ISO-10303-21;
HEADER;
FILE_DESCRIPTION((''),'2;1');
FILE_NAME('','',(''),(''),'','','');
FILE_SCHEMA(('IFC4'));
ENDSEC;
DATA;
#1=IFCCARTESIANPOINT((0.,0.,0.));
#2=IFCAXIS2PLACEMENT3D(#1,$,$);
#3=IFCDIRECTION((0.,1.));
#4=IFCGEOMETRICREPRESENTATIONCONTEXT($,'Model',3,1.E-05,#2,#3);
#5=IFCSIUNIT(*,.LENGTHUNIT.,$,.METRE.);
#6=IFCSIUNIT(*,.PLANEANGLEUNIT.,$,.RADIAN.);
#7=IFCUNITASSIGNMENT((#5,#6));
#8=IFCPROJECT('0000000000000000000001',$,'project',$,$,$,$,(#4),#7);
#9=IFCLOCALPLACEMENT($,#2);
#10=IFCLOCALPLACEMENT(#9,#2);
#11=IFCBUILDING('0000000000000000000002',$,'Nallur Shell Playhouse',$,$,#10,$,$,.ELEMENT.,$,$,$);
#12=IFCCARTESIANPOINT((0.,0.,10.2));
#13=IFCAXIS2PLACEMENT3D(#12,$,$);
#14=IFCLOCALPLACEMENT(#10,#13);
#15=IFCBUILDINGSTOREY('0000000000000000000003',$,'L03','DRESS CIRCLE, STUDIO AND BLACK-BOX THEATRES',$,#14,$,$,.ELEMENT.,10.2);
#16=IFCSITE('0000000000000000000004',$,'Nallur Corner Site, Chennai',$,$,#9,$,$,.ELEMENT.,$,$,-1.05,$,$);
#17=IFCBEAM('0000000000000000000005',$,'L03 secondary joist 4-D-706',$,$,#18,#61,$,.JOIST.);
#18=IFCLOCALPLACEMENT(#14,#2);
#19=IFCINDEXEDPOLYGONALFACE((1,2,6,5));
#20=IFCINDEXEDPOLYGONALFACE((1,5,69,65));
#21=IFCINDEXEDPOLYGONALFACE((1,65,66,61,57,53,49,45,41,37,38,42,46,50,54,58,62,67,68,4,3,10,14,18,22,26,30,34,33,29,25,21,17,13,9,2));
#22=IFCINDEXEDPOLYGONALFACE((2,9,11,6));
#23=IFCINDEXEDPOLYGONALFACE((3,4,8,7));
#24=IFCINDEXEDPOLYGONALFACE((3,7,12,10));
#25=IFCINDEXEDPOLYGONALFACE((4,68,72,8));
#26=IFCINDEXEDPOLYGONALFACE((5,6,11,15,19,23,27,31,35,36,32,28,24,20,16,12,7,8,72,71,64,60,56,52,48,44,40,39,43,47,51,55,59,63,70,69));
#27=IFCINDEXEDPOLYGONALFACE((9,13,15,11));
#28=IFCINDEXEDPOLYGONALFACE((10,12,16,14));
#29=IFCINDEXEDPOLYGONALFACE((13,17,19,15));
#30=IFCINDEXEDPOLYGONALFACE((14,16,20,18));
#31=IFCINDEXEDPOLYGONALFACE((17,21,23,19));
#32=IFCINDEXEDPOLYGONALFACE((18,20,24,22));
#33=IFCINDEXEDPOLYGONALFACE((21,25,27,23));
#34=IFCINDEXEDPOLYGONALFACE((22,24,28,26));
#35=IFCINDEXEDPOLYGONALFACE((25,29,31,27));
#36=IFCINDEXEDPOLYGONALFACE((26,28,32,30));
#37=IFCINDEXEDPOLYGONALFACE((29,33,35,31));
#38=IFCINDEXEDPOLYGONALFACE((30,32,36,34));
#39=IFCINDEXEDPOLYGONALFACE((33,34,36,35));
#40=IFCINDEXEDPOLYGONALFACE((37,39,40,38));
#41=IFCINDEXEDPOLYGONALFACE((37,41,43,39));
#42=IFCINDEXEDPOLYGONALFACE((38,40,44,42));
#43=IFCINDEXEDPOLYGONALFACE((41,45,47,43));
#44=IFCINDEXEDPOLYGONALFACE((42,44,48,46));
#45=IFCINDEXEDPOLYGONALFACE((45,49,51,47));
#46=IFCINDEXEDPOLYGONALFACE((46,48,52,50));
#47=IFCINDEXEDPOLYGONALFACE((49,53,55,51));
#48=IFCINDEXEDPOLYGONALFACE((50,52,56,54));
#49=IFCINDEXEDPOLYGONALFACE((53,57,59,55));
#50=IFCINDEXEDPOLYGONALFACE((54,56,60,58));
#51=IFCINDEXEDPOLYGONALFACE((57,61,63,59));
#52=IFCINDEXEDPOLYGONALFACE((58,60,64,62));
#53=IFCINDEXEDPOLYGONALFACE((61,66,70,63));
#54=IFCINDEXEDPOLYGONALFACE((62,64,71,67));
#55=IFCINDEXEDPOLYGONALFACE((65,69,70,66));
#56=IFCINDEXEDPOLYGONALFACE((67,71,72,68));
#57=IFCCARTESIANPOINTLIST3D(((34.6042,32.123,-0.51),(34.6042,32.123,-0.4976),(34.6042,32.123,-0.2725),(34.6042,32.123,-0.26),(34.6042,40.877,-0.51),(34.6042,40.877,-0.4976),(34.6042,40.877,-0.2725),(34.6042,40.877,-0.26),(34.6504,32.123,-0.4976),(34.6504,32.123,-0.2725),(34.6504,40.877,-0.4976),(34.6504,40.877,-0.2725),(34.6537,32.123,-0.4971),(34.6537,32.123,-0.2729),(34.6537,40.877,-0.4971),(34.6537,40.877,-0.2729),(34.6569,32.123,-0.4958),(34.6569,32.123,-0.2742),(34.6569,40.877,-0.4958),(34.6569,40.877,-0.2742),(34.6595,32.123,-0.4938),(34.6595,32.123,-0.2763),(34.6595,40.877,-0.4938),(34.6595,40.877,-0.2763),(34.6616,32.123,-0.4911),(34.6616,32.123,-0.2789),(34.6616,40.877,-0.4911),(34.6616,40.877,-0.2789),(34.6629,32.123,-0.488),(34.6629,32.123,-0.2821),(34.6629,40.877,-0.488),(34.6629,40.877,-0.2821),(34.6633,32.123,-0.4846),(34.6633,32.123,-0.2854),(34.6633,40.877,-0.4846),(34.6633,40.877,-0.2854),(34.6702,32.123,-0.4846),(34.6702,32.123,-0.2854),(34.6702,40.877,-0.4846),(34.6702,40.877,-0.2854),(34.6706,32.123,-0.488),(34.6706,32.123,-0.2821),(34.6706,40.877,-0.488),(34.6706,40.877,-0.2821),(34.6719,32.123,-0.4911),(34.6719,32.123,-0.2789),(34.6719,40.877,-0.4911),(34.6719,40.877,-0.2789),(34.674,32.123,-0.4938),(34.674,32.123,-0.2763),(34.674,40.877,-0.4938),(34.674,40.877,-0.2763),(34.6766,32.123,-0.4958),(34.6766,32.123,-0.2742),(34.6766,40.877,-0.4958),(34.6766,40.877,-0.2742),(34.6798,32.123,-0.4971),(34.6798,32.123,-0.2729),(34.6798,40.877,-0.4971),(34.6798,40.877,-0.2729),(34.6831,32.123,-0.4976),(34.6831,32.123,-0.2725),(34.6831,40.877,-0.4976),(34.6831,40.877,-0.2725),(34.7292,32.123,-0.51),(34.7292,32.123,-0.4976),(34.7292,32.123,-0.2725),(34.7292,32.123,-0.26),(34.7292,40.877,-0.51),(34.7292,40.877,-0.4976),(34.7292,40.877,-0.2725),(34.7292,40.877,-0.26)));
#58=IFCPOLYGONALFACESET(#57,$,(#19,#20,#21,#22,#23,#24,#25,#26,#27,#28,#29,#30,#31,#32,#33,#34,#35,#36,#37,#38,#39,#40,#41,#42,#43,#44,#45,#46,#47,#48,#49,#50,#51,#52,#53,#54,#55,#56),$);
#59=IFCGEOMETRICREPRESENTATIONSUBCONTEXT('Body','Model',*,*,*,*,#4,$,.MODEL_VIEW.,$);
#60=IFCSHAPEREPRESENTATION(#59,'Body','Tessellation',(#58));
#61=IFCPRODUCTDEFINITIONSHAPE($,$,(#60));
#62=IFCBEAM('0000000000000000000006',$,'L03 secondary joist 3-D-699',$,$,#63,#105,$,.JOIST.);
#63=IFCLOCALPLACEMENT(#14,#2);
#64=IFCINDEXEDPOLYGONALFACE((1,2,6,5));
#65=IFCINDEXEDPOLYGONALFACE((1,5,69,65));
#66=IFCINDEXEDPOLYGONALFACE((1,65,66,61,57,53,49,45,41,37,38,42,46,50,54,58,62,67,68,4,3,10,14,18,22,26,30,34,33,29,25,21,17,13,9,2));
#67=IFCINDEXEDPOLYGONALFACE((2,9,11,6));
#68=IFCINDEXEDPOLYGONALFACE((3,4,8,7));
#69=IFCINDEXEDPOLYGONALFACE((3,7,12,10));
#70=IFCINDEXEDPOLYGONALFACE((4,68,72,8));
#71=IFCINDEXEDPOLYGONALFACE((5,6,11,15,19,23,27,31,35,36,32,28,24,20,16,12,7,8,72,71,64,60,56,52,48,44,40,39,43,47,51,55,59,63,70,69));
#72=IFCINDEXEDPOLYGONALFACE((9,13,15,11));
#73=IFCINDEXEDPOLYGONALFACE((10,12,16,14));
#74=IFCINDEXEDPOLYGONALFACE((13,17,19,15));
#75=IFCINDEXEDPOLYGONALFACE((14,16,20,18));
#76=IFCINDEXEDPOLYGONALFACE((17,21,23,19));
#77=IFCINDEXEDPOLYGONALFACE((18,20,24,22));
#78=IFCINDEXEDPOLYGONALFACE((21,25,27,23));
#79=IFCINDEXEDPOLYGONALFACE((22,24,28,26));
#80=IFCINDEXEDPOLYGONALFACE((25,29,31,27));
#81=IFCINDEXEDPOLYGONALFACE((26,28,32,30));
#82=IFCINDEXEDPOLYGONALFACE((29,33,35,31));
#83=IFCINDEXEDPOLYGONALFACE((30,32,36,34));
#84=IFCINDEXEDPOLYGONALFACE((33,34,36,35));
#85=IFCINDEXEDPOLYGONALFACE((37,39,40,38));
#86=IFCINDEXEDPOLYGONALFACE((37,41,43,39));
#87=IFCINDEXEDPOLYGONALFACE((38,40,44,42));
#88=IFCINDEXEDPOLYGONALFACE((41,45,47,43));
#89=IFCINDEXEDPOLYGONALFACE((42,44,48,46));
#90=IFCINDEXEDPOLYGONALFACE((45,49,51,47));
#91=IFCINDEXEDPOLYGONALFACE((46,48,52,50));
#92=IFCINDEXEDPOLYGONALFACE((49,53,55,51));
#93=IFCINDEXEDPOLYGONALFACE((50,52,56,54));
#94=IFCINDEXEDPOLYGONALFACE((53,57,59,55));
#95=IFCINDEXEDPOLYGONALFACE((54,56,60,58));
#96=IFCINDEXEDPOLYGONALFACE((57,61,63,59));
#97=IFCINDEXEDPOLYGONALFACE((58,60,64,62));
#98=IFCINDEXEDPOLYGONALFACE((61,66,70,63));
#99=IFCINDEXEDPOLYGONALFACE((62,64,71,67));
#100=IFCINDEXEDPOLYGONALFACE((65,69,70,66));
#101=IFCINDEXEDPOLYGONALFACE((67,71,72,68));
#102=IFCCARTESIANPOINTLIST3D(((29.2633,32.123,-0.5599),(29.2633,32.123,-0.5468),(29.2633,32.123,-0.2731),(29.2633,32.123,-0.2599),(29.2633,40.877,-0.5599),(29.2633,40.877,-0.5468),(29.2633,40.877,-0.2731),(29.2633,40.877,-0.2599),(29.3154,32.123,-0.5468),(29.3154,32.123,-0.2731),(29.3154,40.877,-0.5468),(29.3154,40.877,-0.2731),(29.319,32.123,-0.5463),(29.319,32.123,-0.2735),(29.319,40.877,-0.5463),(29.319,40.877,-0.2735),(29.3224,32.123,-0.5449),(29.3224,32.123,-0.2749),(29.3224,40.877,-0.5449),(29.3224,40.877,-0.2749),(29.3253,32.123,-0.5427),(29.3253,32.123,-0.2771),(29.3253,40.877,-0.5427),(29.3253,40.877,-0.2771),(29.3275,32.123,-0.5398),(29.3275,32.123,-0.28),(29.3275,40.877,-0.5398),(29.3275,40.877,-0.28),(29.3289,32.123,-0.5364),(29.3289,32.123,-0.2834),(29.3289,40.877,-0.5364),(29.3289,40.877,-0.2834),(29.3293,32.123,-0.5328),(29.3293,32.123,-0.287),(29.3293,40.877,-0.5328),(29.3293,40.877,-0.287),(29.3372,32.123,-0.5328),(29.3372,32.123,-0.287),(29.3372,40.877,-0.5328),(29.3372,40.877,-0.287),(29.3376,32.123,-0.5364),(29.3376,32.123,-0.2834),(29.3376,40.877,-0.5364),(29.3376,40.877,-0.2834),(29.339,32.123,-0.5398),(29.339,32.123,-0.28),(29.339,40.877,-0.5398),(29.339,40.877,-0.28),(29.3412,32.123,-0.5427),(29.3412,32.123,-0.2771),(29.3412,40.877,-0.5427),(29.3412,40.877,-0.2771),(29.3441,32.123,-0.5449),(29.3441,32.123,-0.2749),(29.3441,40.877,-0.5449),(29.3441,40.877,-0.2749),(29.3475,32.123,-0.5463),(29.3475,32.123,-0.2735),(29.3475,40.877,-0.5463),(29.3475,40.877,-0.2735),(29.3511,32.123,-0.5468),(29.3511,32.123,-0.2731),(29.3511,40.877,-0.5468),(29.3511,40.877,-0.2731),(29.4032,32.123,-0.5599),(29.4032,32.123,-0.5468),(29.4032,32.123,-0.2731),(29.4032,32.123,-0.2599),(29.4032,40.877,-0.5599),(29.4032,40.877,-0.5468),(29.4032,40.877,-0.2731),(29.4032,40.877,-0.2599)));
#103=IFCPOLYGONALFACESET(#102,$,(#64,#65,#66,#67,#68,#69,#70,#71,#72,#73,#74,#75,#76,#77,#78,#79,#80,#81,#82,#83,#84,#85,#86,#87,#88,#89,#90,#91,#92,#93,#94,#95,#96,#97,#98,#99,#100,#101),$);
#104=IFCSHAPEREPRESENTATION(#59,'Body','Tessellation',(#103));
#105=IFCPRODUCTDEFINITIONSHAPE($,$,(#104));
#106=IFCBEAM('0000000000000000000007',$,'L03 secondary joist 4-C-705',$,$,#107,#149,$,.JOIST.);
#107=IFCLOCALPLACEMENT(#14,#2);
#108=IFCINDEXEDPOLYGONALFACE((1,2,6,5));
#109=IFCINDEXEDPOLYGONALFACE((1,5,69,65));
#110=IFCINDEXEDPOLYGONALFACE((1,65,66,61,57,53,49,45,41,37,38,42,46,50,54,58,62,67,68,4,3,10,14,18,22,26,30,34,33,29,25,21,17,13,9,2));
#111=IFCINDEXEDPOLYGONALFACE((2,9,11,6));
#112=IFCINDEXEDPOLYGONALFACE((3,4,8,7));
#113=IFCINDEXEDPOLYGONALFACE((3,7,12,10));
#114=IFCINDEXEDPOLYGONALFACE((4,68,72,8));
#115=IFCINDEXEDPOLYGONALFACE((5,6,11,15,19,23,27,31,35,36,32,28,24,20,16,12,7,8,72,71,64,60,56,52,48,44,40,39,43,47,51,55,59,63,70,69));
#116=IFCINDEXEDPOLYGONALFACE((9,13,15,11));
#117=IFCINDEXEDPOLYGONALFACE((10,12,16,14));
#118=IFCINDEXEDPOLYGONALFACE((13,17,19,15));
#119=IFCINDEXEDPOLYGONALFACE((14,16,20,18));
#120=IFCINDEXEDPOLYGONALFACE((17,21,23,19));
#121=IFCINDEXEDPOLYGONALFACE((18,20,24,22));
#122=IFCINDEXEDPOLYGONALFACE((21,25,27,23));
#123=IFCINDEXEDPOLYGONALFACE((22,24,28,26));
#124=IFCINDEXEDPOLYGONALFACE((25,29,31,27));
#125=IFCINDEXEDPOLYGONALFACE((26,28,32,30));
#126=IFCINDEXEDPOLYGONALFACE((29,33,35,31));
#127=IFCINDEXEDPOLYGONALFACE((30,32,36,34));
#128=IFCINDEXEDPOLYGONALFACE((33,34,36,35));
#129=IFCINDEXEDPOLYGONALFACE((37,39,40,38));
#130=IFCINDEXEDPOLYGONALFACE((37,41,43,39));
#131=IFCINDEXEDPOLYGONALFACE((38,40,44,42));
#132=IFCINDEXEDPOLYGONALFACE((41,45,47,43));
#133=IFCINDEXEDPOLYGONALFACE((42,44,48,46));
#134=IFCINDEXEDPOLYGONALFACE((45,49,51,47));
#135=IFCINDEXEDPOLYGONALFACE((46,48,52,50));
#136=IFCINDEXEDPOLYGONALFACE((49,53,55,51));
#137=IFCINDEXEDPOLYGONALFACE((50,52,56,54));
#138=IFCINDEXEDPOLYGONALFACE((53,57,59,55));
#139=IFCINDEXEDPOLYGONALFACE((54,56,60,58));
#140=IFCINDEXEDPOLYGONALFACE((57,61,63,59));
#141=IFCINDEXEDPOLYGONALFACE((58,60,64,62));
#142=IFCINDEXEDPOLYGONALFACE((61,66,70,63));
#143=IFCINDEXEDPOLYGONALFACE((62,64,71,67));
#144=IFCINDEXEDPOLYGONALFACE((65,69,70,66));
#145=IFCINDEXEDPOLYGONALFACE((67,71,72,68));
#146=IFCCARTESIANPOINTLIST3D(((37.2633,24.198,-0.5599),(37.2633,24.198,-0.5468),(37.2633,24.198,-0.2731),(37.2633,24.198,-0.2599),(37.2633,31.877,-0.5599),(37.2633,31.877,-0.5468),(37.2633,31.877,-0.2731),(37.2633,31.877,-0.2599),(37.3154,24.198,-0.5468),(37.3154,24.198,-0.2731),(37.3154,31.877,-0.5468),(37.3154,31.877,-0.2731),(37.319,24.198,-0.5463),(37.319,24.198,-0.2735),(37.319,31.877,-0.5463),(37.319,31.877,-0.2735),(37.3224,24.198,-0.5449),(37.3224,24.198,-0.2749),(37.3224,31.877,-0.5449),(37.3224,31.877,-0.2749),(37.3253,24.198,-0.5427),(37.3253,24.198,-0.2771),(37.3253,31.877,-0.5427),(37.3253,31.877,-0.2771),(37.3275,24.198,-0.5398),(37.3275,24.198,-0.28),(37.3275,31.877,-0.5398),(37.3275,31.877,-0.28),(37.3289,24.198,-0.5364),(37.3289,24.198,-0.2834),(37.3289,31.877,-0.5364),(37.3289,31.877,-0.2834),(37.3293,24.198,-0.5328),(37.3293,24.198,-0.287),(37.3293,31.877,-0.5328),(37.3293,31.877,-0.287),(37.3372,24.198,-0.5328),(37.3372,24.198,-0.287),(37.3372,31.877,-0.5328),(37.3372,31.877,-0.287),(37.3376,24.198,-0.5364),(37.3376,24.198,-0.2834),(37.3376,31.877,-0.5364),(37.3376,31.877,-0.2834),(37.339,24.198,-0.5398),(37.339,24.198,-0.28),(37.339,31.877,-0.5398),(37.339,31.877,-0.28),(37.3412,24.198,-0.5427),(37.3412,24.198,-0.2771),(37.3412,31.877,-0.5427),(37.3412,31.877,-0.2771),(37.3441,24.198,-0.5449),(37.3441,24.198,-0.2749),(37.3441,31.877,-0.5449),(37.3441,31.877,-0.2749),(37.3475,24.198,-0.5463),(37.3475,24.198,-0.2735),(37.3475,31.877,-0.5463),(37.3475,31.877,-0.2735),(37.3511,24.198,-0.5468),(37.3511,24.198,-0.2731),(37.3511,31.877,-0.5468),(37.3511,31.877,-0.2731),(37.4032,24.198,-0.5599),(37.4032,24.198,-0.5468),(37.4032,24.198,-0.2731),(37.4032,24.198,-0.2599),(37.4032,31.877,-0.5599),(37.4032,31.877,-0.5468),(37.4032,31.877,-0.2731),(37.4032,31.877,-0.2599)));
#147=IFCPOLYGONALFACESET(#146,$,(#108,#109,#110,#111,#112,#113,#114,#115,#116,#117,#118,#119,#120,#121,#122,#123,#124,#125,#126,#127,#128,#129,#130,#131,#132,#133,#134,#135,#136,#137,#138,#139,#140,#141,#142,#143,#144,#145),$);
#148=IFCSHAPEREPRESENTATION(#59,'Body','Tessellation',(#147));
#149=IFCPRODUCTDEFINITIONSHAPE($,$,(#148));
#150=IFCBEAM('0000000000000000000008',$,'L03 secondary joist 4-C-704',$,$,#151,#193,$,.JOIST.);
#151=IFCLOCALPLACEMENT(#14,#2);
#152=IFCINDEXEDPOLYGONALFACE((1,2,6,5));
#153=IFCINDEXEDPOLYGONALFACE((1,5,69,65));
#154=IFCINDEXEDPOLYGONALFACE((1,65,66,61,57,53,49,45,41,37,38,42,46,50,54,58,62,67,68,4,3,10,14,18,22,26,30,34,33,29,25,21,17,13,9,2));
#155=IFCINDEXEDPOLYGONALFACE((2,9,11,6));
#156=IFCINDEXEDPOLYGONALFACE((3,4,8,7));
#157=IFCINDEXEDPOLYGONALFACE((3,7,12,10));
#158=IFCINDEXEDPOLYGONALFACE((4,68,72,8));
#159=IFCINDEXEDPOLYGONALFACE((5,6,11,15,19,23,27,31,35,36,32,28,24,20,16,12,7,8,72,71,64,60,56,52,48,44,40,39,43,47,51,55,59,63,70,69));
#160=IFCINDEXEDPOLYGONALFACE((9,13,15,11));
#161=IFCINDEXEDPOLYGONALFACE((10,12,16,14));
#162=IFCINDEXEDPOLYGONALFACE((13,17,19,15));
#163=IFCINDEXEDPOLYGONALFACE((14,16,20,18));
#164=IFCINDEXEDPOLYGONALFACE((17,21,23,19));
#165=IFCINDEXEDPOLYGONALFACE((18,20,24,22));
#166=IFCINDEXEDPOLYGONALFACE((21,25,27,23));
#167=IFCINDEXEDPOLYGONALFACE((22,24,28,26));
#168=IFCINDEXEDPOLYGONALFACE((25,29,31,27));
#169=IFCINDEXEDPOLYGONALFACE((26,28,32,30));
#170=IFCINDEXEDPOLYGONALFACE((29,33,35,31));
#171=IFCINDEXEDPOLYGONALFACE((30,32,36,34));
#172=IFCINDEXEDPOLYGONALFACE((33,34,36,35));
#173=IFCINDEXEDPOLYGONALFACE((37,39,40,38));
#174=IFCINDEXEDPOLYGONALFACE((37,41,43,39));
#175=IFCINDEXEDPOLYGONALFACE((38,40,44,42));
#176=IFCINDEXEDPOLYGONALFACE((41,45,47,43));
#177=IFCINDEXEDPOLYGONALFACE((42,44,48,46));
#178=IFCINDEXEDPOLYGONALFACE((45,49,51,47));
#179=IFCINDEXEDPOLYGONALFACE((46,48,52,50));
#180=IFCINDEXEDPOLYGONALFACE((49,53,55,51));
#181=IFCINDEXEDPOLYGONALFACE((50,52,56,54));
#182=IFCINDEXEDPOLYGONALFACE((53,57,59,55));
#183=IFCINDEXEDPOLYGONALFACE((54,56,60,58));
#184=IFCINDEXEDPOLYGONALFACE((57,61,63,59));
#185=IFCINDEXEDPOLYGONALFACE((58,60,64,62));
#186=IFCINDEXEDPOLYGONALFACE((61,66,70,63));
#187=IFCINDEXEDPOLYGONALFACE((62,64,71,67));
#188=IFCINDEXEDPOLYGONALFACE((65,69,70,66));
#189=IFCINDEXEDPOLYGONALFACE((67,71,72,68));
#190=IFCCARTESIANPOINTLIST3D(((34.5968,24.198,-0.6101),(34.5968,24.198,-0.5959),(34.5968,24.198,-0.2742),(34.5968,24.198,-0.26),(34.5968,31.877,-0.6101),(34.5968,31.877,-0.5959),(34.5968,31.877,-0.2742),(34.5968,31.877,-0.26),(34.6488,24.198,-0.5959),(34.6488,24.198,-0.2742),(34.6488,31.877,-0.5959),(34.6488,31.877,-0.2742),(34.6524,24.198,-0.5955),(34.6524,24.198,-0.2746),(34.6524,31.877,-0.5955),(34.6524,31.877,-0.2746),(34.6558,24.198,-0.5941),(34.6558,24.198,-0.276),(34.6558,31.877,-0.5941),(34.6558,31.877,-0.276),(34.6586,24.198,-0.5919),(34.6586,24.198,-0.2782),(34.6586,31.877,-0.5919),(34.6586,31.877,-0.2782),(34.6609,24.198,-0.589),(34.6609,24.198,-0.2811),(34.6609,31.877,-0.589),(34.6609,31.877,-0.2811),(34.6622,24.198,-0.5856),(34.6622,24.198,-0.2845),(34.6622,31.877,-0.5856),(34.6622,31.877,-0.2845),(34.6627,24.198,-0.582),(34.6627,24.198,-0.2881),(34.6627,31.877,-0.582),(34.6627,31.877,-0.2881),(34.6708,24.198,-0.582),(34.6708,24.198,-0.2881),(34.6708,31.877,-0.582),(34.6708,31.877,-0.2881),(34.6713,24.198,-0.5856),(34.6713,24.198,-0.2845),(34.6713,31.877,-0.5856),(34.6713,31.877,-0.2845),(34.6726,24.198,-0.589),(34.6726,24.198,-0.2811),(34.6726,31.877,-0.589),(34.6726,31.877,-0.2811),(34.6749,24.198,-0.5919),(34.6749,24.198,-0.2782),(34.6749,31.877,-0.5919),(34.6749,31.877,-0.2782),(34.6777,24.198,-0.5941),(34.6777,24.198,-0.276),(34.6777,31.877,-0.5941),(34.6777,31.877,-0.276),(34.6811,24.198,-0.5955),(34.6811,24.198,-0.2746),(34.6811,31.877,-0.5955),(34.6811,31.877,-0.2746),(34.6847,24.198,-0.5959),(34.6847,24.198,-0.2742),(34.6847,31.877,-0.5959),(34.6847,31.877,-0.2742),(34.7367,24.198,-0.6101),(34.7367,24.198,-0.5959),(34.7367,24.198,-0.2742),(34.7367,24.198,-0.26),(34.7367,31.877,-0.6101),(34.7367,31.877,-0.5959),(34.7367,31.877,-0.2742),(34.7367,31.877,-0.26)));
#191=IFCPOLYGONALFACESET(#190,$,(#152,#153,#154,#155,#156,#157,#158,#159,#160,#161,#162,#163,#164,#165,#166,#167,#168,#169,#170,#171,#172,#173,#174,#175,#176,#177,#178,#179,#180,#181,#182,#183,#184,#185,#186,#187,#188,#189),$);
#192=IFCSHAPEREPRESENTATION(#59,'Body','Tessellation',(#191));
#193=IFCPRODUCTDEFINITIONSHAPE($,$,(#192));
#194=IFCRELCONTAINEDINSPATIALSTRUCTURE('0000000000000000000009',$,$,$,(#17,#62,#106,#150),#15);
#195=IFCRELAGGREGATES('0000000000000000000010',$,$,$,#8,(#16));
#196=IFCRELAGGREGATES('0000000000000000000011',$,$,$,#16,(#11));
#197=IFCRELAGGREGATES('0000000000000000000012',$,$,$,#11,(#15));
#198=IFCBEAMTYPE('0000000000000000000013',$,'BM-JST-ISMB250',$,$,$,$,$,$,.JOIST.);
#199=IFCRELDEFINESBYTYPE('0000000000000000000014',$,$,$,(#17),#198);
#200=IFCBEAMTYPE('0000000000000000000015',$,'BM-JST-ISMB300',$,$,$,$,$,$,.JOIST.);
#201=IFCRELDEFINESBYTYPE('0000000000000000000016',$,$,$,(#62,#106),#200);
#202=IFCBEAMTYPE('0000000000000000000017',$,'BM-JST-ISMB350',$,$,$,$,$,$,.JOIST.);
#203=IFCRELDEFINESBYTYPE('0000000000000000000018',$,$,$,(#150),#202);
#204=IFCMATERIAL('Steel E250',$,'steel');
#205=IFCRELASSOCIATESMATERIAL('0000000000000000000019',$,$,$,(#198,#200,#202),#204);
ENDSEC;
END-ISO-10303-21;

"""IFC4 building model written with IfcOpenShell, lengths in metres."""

from ifc_helpers import new_model, si_unit, direction, frame, origin, origin_2d, place, context, subcontext, project, spatial, i_section, extrude, material, material_profile, profile_set, type_object, element, save


model = new_model("IFC4")

# Units and contexts
model_context = context("Model", 3, precision=1e-05, world=origin(), true_north=direction((0.0, 1.0)))
body_context = subcontext(model_context, "Body", "Model", "MODEL_VIEW")
ifc_project = project(units=[si_unit("LENGTHUNIT", "METRE"), si_unit("PLANEANGLEUNIT", "RADIAN")], contexts=[model_context])

# Site, building, storey
site_placement = place(None, origin())
site = spatial("IfcSite", under=ifc_project, at=site_placement, Name="Nallur Corner Site, Chennai", CompositionType="ELEMENT", RefElevation=-1.05)
building_placement = place(site_placement, origin())
building = spatial("IfcBuilding", under=site, at=building_placement, Name="Nallur Shell Playhouse", CompositionType="ELEMENT")
storey_placement = place(building_placement, frame((0.0, 0.0, 10.2)))
storey = spatial("IfcBuildingStorey", under=building, at=storey_placement, Name="L03", Description="DRESS CIRCLE, STUDIO AND BLACK-BOX THEATRES", CompositionType="ELEMENT", Elevation=10.2)

# Beams
ifc_material_1 = material(Name="Steel E250", Category="steel")
ifc_material_profile_1 = material_profile(ifc_material_1, i_section(OverallWidth=0.125, OverallDepth=0.25, WebThickness=0.0068, FlangeThickness=0.0125, FilletRadius=0.0129, at=origin_2d()), Name="ISMB 250")
ifc_profile_set_1 = profile_set([ifc_material_profile_1], Name="Steel E250")
beam_type_1 = type_object("IfcBeamType", Name="BM-JST-ISMB250", PredefinedType="JOIST", material=ifc_profile_set_1)
beam_1_placement = place(storey_placement, frame((34.6667, 32.123, -0.385), z_axis=(0.0, 1.0, 0.0), x_axis=(-1.0, 0.0, 0.0)))
element("IfcBeam", 1, at=beam_1_placement, inside=storey, type_object=beam_type_1, Name="L03 secondary joist 4-D-706", PredefinedType="JOIST", context=body_context, shape_type="SweptSolid", body=[
    extrude(i_section(OverallWidth=0.125, OverallDepth=0.25, WebThickness=0.0068, FlangeThickness=0.0125, FilletRadius=0.0129, at=origin_2d()), origin(), (0.0, 0.0, 1.0), 8.7539),
])
ifc_material_profile_2 = material_profile(ifc_material_1, i_section(OverallWidth=0.1399, OverallDepth=0.3, WebThickness=0.0078, FlangeThickness=0.0132, FilletRadius=0.0139, at=origin_2d()), Name="ISMB 300")
ifc_profile_set_2 = profile_set([ifc_material_profile_2], Name="Steel E250")
beam_type_2 = type_object("IfcBeamType", Name="BM-JST-ISMB300", PredefinedType="JOIST", material=ifc_profile_set_2)
beam_2_placement = place(storey_placement, frame((29.3333, 32.123, -0.4099), z_axis=(0.0, 1.0, 0.0), x_axis=(-1.0, 0.0, 0.0)))
element("IfcBeam", 2, at=beam_2_placement, inside=storey, type_object=beam_type_2, Name="L03 secondary joist 3-D-699", PredefinedType="JOIST", context=body_context, shape_type="SweptSolid", body=[
    extrude(i_section(OverallWidth=0.1399, OverallDepth=0.3, WebThickness=0.0078, FlangeThickness=0.0132, FilletRadius=0.0139, at=origin_2d()), origin(), (0.0, 0.0, 1.0), 8.7539),
])
beam_3_placement = place(storey_placement, frame((37.3333, 24.198, -0.4099), z_axis=(0.0, 1.0, 0.0), x_axis=(-1.0, 0.0, 0.0)))
element("IfcBeam", 3, at=beam_3_placement, inside=storey, type_object=beam_type_2, Name="L03 secondary joist 4-C-705", PredefinedType="JOIST", context=body_context, shape_type="SweptSolid", body=[
    extrude(i_section(OverallWidth=0.1399, OverallDepth=0.3, WebThickness=0.0078, FlangeThickness=0.0132, FilletRadius=0.0139, at=origin_2d()), origin(), (0.0, 0.0, 1.0), 7.679),
])
ifc_material_profile_3 = material_profile(ifc_material_1, i_section(OverallWidth=0.1399, OverallDepth=0.3501, WebThickness=0.0081, FlangeThickness=0.0142, FilletRadius=0.0139, at=origin_2d()), Name="ISMB 350")
ifc_profile_set_3 = profile_set([ifc_material_profile_3], Name="Steel E250")
beam_type_3 = type_object("IfcBeamType", Name="BM-JST-ISMB350", PredefinedType="JOIST", material=ifc_profile_set_3)
beam_4_placement = place(storey_placement, frame((34.6667, 24.198, -0.4351), z_axis=(0.0, 1.0, 0.0), x_axis=(-1.0, 0.0, 0.0)))
element("IfcBeam", 4, at=beam_4_placement, inside=storey, type_object=beam_type_3, Name="L03 secondary joist 4-C-704", PredefinedType="JOIST", context=body_context, shape_type="SweptSolid", body=[
    extrude(i_section(OverallWidth=0.1399, OverallDepth=0.3501, WebThickness=0.0081, FlangeThickness=0.0142, FilletRadius=0.0139, at=origin_2d()), origin(), (0.0, 0.0, 1.0), 7.679),
])

save(model, "model.ifc")
